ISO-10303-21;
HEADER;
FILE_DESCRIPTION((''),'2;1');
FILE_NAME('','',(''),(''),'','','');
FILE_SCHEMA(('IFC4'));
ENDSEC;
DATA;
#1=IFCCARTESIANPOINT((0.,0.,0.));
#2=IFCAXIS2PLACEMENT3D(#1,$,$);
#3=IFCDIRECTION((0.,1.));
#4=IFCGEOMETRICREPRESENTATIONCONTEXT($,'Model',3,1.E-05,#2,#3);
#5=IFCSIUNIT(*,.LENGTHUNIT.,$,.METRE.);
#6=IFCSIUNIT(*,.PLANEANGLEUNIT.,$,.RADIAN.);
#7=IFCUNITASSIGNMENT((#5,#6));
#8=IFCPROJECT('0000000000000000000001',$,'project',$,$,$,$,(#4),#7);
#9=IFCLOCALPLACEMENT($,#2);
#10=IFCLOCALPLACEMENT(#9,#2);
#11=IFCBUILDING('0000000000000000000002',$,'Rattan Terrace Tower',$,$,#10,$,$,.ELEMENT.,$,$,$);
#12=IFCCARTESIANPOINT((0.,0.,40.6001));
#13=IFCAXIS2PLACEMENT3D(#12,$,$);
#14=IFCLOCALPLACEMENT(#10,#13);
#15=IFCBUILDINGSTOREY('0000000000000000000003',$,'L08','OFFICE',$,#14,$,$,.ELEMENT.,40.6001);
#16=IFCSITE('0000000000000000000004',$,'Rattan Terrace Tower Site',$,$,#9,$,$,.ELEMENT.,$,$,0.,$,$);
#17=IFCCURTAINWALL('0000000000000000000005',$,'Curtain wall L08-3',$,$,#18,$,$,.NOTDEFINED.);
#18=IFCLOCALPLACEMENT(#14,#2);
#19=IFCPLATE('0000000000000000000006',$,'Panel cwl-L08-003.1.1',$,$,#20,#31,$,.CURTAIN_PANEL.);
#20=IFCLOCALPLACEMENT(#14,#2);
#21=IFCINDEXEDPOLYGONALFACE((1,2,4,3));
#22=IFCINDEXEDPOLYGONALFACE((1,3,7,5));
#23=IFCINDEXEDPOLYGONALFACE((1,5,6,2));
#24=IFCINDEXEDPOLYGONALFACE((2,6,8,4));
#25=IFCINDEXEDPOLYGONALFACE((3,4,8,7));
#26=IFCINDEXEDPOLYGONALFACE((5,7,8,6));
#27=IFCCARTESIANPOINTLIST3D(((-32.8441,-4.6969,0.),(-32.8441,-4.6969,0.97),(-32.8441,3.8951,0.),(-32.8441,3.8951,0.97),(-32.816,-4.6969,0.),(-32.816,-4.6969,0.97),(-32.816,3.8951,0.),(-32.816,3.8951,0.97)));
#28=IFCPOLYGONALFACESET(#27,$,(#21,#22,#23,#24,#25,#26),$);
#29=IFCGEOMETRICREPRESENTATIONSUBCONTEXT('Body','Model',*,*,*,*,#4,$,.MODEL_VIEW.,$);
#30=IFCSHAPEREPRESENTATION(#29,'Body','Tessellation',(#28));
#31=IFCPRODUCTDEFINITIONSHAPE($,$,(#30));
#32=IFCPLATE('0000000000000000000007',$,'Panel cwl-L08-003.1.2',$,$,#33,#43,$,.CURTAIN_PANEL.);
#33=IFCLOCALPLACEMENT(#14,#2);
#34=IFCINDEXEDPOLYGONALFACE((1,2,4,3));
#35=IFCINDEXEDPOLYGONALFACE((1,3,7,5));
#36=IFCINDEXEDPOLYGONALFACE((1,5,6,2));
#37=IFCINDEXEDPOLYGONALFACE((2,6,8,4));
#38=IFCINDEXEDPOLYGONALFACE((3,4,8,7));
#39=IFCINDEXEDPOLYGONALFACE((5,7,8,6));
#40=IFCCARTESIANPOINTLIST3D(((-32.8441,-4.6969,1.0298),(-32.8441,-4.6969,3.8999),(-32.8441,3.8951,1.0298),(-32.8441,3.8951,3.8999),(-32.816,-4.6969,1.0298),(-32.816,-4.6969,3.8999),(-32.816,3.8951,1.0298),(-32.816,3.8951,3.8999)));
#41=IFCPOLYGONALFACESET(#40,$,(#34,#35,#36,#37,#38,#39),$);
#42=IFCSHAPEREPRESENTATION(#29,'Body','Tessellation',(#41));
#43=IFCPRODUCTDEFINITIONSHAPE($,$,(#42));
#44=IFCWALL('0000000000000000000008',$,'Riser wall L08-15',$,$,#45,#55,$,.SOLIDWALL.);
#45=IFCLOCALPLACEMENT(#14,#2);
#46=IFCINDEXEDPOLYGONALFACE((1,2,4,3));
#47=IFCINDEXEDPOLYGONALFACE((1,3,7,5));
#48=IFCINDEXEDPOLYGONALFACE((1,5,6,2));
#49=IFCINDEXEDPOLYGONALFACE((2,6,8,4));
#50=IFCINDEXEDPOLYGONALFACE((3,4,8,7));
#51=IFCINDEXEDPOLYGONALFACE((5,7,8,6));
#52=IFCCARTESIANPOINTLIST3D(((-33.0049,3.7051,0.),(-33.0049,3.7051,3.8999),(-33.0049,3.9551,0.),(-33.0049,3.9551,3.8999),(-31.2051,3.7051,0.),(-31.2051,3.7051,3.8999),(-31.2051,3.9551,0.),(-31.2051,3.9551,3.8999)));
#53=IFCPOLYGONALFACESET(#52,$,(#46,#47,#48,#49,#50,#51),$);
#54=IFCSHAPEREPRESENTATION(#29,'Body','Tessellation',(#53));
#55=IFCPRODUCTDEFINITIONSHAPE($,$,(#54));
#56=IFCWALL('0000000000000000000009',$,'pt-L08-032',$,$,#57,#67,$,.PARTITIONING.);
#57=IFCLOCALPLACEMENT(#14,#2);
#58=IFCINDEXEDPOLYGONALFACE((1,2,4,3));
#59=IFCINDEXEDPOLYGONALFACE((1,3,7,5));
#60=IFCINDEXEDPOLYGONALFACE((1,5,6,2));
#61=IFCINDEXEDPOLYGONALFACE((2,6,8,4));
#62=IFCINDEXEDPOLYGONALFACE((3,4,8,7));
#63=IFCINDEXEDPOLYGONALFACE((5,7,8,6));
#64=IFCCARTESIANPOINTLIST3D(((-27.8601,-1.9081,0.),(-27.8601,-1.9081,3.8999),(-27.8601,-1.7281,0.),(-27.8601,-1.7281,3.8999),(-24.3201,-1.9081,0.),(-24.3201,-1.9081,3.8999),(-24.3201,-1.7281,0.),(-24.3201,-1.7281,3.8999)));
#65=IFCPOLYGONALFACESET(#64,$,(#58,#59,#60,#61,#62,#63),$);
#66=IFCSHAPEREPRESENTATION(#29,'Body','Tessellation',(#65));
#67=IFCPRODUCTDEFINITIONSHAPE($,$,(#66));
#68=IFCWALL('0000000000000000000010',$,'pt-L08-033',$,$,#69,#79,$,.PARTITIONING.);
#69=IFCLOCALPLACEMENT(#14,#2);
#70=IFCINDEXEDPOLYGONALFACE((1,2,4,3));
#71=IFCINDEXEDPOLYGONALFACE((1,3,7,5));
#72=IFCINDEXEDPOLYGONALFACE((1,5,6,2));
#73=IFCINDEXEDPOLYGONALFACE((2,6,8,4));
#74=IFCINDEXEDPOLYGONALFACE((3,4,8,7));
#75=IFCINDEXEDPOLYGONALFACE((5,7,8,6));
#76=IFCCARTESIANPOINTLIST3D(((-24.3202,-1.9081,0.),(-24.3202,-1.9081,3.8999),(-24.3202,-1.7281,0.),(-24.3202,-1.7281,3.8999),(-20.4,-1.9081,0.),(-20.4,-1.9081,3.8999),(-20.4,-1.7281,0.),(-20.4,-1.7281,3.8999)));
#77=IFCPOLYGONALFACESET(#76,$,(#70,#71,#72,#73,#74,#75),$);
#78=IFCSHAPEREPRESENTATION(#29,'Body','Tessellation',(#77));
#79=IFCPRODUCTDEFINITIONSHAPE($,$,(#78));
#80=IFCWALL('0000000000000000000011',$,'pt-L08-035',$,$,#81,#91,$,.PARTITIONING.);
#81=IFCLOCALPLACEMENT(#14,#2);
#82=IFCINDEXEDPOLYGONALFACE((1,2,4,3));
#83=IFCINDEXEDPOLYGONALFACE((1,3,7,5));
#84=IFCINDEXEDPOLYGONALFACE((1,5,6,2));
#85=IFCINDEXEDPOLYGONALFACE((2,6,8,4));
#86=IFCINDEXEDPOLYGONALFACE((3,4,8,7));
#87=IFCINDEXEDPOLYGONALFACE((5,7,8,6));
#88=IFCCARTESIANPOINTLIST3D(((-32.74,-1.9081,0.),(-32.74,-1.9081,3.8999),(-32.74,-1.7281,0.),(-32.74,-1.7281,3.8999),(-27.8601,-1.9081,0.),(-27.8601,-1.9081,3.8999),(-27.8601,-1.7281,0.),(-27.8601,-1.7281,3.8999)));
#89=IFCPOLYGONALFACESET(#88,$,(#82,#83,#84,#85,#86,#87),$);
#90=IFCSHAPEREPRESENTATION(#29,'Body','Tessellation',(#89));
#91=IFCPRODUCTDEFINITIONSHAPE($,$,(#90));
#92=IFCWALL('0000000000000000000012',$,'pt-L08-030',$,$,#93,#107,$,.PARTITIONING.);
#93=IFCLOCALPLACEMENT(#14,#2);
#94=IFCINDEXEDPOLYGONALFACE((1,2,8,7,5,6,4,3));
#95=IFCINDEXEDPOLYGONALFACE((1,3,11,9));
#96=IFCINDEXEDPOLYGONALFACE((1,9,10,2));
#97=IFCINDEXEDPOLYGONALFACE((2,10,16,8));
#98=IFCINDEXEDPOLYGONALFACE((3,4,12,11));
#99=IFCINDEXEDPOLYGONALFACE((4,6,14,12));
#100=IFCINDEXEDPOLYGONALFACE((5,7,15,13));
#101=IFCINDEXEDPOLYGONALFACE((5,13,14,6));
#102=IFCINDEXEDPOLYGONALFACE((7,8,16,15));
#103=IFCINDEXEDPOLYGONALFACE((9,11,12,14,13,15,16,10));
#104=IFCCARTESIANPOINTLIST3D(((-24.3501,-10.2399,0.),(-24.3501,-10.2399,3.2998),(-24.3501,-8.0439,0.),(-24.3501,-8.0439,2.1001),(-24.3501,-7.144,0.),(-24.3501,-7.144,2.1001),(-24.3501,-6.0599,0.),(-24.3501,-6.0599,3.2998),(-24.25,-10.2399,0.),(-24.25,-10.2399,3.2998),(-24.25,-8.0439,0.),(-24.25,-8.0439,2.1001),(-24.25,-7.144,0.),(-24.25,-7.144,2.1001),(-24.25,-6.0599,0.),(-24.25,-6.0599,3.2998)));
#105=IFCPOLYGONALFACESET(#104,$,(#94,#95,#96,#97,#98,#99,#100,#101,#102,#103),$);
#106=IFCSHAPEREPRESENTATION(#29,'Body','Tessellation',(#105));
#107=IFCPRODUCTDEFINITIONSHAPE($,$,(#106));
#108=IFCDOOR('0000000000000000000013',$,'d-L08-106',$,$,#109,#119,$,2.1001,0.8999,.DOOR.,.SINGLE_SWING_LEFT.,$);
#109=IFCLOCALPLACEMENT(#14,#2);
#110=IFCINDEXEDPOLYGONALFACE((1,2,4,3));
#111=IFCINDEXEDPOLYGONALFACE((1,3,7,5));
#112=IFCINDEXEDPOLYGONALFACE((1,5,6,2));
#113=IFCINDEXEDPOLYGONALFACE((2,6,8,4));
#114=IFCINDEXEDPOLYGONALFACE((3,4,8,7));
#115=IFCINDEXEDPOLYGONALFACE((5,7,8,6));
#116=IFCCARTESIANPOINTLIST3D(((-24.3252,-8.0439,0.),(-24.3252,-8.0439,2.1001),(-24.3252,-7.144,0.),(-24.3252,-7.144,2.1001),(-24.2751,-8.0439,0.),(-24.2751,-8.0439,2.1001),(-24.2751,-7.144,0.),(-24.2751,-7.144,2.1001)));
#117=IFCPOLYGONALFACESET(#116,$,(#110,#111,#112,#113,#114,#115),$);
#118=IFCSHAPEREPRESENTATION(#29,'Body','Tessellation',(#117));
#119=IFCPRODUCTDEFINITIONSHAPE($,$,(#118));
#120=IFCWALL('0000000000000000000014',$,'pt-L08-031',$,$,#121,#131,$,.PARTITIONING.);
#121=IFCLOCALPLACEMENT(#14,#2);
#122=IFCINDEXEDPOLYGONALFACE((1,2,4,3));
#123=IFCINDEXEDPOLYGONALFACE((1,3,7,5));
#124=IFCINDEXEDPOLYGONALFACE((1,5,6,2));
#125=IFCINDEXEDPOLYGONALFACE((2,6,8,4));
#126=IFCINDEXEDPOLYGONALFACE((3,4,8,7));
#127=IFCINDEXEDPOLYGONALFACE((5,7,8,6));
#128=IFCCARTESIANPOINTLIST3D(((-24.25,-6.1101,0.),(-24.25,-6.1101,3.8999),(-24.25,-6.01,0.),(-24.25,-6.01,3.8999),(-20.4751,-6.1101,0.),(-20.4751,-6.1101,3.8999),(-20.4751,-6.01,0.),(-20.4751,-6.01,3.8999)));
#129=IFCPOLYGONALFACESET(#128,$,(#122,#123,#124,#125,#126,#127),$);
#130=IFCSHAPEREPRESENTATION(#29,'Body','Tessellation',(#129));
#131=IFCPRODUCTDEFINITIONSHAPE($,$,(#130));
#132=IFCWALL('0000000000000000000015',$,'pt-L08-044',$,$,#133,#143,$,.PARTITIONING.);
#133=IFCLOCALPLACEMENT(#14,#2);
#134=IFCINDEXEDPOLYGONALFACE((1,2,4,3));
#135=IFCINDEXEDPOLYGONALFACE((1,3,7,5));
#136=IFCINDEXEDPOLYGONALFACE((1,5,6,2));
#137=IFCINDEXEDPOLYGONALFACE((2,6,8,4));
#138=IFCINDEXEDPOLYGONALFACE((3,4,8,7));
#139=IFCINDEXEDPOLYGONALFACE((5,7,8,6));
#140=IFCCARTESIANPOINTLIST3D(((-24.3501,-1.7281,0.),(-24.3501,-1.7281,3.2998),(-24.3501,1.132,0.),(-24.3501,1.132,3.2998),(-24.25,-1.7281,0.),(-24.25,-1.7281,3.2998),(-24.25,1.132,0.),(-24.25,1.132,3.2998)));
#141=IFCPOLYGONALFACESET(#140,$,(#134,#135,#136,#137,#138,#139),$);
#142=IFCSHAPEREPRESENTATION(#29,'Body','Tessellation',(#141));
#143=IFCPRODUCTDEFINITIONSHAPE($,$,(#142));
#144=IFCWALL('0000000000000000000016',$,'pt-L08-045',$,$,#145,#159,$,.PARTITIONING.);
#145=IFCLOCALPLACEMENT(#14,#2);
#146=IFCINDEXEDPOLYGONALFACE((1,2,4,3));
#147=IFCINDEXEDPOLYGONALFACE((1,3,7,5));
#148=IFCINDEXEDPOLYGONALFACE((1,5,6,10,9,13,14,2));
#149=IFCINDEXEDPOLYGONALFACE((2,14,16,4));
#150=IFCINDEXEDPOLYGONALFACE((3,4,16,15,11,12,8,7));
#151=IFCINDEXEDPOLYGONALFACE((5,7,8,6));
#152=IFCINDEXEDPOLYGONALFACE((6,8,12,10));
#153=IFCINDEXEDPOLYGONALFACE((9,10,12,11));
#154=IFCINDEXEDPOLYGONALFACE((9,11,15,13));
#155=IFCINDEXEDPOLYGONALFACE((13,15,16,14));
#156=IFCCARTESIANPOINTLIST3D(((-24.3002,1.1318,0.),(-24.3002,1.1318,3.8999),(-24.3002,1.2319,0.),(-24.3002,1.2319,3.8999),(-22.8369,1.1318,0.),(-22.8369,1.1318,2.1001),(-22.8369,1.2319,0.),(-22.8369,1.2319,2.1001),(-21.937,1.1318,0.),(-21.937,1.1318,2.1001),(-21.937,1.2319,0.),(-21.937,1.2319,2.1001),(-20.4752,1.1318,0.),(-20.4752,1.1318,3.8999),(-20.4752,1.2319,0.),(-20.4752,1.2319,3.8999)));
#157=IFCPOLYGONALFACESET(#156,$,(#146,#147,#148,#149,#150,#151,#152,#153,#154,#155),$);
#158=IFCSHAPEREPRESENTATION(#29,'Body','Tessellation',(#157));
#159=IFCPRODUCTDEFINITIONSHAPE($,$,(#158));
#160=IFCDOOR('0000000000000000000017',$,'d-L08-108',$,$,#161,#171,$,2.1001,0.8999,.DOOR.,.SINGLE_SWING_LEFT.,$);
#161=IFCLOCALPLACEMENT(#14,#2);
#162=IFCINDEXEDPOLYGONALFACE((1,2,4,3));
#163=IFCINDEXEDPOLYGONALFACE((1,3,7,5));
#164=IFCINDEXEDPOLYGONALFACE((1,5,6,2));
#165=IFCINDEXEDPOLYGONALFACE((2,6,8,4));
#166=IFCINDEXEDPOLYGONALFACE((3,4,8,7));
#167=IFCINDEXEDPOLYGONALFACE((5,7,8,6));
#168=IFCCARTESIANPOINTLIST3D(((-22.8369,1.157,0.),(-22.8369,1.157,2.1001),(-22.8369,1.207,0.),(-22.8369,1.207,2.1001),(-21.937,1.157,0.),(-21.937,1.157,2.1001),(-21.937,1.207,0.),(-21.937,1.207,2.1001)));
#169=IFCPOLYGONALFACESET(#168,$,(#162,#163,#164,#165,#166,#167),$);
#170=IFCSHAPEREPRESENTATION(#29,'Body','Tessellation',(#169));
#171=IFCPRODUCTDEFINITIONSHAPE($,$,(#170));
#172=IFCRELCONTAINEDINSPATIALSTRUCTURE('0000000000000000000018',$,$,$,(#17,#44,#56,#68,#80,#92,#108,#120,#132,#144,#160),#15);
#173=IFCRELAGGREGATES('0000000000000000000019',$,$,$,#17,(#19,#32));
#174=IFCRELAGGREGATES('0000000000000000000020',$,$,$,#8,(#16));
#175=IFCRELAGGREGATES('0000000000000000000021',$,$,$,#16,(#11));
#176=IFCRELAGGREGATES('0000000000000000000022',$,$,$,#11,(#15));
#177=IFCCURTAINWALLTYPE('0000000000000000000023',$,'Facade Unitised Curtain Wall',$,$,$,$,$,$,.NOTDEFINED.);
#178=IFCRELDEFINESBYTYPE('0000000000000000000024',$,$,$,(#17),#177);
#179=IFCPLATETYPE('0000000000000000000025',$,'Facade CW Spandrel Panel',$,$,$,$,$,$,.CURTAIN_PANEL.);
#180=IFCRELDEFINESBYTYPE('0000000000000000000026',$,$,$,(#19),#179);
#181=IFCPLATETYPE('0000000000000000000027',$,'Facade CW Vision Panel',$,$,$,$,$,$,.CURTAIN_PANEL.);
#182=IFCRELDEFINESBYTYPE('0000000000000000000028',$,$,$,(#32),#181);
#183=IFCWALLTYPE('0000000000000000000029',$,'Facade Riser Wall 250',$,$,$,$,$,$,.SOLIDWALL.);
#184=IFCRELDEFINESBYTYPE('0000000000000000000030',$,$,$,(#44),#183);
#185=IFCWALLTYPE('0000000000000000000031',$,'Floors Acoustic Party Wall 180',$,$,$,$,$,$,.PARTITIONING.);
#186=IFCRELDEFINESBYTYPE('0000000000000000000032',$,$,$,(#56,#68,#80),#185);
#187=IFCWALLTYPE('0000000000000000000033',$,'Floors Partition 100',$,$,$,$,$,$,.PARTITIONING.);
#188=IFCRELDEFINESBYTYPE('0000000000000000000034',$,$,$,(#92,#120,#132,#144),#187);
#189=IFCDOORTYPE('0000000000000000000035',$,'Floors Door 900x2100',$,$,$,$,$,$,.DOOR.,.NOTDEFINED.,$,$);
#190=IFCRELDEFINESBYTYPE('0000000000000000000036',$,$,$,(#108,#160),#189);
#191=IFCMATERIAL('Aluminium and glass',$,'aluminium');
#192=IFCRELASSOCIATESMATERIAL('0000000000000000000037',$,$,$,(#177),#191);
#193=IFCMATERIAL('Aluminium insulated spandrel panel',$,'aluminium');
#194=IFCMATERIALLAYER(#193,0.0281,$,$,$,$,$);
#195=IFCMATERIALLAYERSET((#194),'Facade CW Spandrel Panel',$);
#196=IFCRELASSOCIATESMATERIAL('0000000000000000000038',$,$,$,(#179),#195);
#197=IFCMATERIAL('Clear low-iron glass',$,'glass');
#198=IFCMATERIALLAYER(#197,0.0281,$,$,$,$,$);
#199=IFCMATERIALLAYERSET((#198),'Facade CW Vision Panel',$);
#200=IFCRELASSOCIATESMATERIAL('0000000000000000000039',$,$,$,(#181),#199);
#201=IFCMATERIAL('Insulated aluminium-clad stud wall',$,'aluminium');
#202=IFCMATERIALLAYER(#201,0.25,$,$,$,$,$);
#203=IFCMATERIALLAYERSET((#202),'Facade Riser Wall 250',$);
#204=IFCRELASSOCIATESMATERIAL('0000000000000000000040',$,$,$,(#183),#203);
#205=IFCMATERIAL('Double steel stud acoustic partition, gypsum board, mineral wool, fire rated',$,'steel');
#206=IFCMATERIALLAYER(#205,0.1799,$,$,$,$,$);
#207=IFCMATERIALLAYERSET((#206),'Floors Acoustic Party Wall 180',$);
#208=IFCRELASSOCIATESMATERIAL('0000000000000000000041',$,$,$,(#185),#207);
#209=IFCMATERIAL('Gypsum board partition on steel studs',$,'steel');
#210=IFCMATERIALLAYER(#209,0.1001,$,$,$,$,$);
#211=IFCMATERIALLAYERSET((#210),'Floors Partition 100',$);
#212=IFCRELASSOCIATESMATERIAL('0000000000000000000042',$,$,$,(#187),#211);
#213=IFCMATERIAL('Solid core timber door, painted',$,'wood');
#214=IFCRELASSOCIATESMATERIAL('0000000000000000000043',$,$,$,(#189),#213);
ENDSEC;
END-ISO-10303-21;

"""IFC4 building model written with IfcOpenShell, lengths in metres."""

from ifc_helpers import new_model, si_unit, direction, frame, frame_2d, origin, origin_2d, place, context, subcontext, project, spatial, rectangle, extrude, material, layer, layer_set, type_object, element, fill, aggregate, save


model = new_model("IFC4")

# Units and contexts
model_context = context("Model", 3, precision=1e-05, world=origin(), true_north=direction((0.0, 1.0)))
body_context = subcontext(model_context, "Body", "Model", "MODEL_VIEW")
ifc_project = project(units=[si_unit("LENGTHUNIT", "METRE"), si_unit("PLANEANGLEUNIT", "RADIAN")], contexts=[model_context])

# Site, building, storey
site_placement = place(None, origin())
site = spatial("IfcSite", under=ifc_project, at=site_placement, Name="Rattan Terrace Tower Site", CompositionType="ELEMENT", RefElevation=0.0)
building_placement = place(site_placement, origin())
building = spatial("IfcBuilding", under=site, at=building_placement, Name="Rattan Terrace Tower", CompositionType="ELEMENT")
storey_placement = place(building_placement, frame((0.0, 0.0, 40.6001)))
storey = spatial("IfcBuildingStorey", under=building, at=storey_placement, Name="L08", Description="OFFICE", CompositionType="ELEMENT", Elevation=40.6001)

# Curtain wall
ifc_material_1 = material(Name="Aluminium and glass", Category="aluminium")
curtain_wall_type = type_object("IfcCurtainWallType", Name="Facade Unitised Curtain Wall", PredefinedType="NOTDEFINED", material=ifc_material_1)
curtain_wall_placement = place(storey_placement, origin())
curtain_wall = element("IfcCurtainWall", 1, at=curtain_wall_placement, inside=storey, type_object=curtain_wall_type, Name="Curtain wall L08-3", PredefinedType="NOTDEFINED")

# Plates
ifc_material_2 = material(Name="Aluminium insulated spandrel panel", Category="aluminium")
ifc_layer_1 = layer(ifc_material_2, 0.0281)
ifc_layer_set_1 = layer_set([ifc_layer_1], Name="Facade CW Spandrel Panel")
plate_type_1 = type_object("IfcPlateType", Name="Facade CW Spandrel Panel", PredefinedType="CURTAIN_PANEL", material=ifc_layer_set_1)
plate_1_placement = place(storey_placement, frame((-32.8301, -0.4009, 0.0), z_axis=(0.0, 0.0, 1.0), x_axis=(0.0, -1.0, 0.0)))
plate_1 = element("IfcPlate", 2, at=plate_1_placement, type_object=plate_type_1, Name="Panel cwl-L08-003.1.1", PredefinedType="CURTAIN_PANEL", context=body_context, shape_type="SweptSolid", body=[
    extrude(rectangle(XDim=8.592, YDim=0.0281, at=origin_2d()), origin(), (0.0, 0.0, 1.0), 0.97),
])
ifc_material_3 = material(Name="Clear low-iron glass", Category="glass")
ifc_layer_2 = layer(ifc_material_3, 0.0281)
ifc_layer_set_2 = layer_set([ifc_layer_2], Name="Facade CW Vision Panel")
plate_type_2 = type_object("IfcPlateType", Name="Facade CW Vision Panel", PredefinedType="CURTAIN_PANEL", material=ifc_layer_set_2)
plate_2_placement = place(storey_placement, frame((-32.8301, -0.4009, 1.0298), z_axis=(0.0, 0.0, 1.0), x_axis=(0.0, -1.0, 0.0)))
plate_2 = element("IfcPlate", 3, at=plate_2_placement, type_object=plate_type_2, Name="Panel cwl-L08-003.1.2", PredefinedType="CURTAIN_PANEL", context=body_context, shape_type="SweptSolid", body=[
    extrude(rectangle(XDim=8.592, YDim=0.0281, at=origin_2d()), origin(), (0.0, 0.0, 1.0), 2.8701),
])
aggregate(curtain_wall, [plate_1, plate_2])

# Walls
ifc_material_4 = material(Name="Insulated aluminium-clad stud wall", Category="aluminium")
ifc_layer_3 = layer(ifc_material_4, 0.25)
ifc_layer_set_3 = layer_set([ifc_layer_3], Name="Facade Riser Wall 250")
wall_type_1 = type_object("IfcWallType", Name="Facade Riser Wall 250", PredefinedType="SOLIDWALL", material=ifc_layer_set_3)
wall_1_placement = place(storey_placement, frame((-31.2051, 3.8301, 0.0), z_axis=(0.0, 0.0, 1.0), x_axis=(-1.0, 0.0, 0.0)))
element("IfcWall", 4, at=wall_1_placement, inside=storey, type_object=wall_type_1, Name="Riser wall L08-15", PredefinedType="SOLIDWALL", context=body_context, shape_type="SweptSolid", body=[
    extrude(rectangle(XDim=1.7998, YDim=0.25, at=frame_2d((0.8999, 0.0))), origin(), (0.0, 0.0, 1.0), 3.8999),
])
ifc_material_5 = material(Name="Double steel stud acoustic partition, gypsum board, mineral wool, fire rated", Category="steel")
ifc_layer_4 = layer(ifc_material_5, 0.1799)
ifc_layer_set_4 = layer_set([ifc_layer_4], Name="Floors Acoustic Party Wall 180")
wall_type_2 = type_object("IfcWallType", Name="Floors Acoustic Party Wall 180", PredefinedType="PARTITIONING", material=ifc_layer_set_4)
wall_2_placement = place(storey_placement, frame((-27.8601, -1.8181, 0.0), z_axis=(0.0, 0.0, 1.0), x_axis=(1.0, 0.0, 0.0)))
element("IfcWall", 5, at=wall_2_placement, inside=storey, type_object=wall_type_2, Name="pt-L08-032", PredefinedType="PARTITIONING", context=body_context, shape_type="SweptSolid", body=[
    extrude(rectangle(XDim=3.54, YDim=0.1799, at=frame_2d((1.77, 0.0))), origin(), (0.0, 0.0, 1.0), 3.8999),
])
wall_3_placement = place(storey_placement, frame((-24.3201, -1.8181, 0.0), z_axis=(0.0, 0.0, 1.0), x_axis=(1.0, 0.0, 0.0)))
element("IfcWall", 6, at=wall_3_placement, inside=storey, type_object=wall_type_2, Name="pt-L08-033", PredefinedType="PARTITIONING", context=body_context, shape_type="SweptSolid", body=[
    extrude(rectangle(XDim=3.9202, YDim=0.1799, at=frame_2d((1.96, 0.0))), origin(), (0.0, 0.0, 1.0), 3.8999),
])
wall_4_placement = place(storey_placement, frame((-32.74, -1.8181, 0.0), z_axis=(0.0, 0.0, 1.0), x_axis=(1.0, 0.0, 0.0)))
element("IfcWall", 7, at=wall_4_placement, inside=storey, type_object=wall_type_2, Name="pt-L08-035", PredefinedType="PARTITIONING", context=body_context, shape_type="SweptSolid", body=[
    extrude(rectangle(XDim=4.8799, YDim=0.1799, at=frame_2d((2.4399, 0.0))), origin(), (0.0, 0.0, 1.0), 3.8999),
])

# Wall, opening, door
ifc_material_6 = material(Name="Gypsum board partition on steel studs", Category="steel")
ifc_layer_5 = layer(ifc_material_6, 0.1001)
ifc_layer_set_5 = layer_set([ifc_layer_5], Name="Floors Partition 100")
wall_type_3 = type_object("IfcWallType", Name="Floors Partition 100", PredefinedType="PARTITIONING", material=ifc_layer_set_5)
wall_5_placement = place(storey_placement, frame((-24.3, -6.0601, 0.0), z_axis=(0.0, 0.0, 1.0), x_axis=(0.0, -1.0, 0.0)))
wall_5 = element("IfcWall", 8, at=wall_5_placement, inside=storey, type_object=wall_type_3, Name="pt-L08-030", PredefinedType="PARTITIONING", context=body_context, shape_type="SweptSolid", body=[
    extrude(rectangle(XDim=4.1799, YDim=0.1001, at=frame_2d((2.0898, 0.0))), origin(), (0.0, 0.0, 1.0), 3.2998),
])
opening_1_placement = place(wall_5_placement, frame((1.084, 0.0, 0.0)))
opening_1 = element("IfcOpeningElement", 9, at=opening_1_placement, cuts=wall_5, PredefinedType="OPENING", context=body_context, shape_type="SweptSolid", body=[
    extrude(rectangle(XDim=0.8999, YDim=2.1001, at=frame_2d((0.45, 1.05))), frame((0.0, 0.0605, 0.0), z_axis=(0.0, -1.0, 0.0), x_axis=(1.0, 0.0, 0.0)), (0.0, 0.0, 1.0), 0.1211),
])
ifc_material_7 = material(Name="Solid core timber door, painted", Category="wood")
door_type_1 = type_object("IfcDoorType", Name="Floors Door 900x2100", OperationType="NOTDEFINED", PredefinedType="DOOR", material=ifc_material_7)
door_1_placement = place(opening_1_placement, origin())
door_1 = element("IfcDoor", 10, at=door_1_placement, inside=storey, type_object=door_type_1, Name="d-L08-106", OperationType="SINGLE_SWING_LEFT", OverallHeight=2.1001, OverallWidth=0.8999, PredefinedType="DOOR", context=body_context, shape_type="SweptSolid", body=[
    extrude(rectangle(XDim=0.8999, YDim=2.1001, at=frame_2d((0.45, 1.05))), frame((0.0, 0.0249, 0.0), z_axis=(0.0, -1.0, 0.0), x_axis=(1.0, 0.0, 0.0)), (0.0, 0.0, 1.0), 0.05),
])
fill(opening_1, door_1)

# Walls
wall_6_placement = place(storey_placement, frame((-20.4751, -6.0601, 0.0), z_axis=(0.0, 0.0, 1.0), x_axis=(-1.0, 0.0, 0.0)))
element("IfcWall", 11, at=wall_6_placement, inside=storey, type_object=wall_type_3, Name="pt-L08-031", PredefinedType="PARTITIONING", context=body_context, shape_type="SweptSolid", body=[
    extrude(rectangle(XDim=3.7749, YDim=0.1001, at=frame_2d((1.8875, 0.0))), origin(), (0.0, 0.0, 1.0), 3.8999),
])
wall_7_placement = place(storey_placement, frame((-24.3, 1.1321, 0.0), z_axis=(0.0, 0.0, 1.0), x_axis=(0.0, -1.0, 0.0)))
element("IfcWall", 12, at=wall_7_placement, inside=storey, type_object=wall_type_3, Name="pt-L08-044", PredefinedType="PARTITIONING", context=body_context, shape_type="SweptSolid", body=[
    extrude(rectangle(XDim=2.8601, YDim=0.1001, at=frame_2d((1.4302, 0.0))), origin(), (0.0, 0.0, 1.0), 3.2998),
])

# Wall, opening, door
wall_8_placement = place(storey_placement, frame((-20.4751, 1.1819, 0.0), z_axis=(0.0, 0.0, 1.0), x_axis=(-1.0, 0.0, 0.0)))
wall_8 = element("IfcWall", 13, at=wall_8_placement, inside=storey, type_object=wall_type_3, Name="pt-L08-045", PredefinedType="PARTITIONING", context=body_context, shape_type="SweptSolid", body=[
    extrude(rectangle(XDim=3.825, YDim=0.1001, at=frame_2d((1.9126, 0.0))), origin(), (0.0, 0.0, 1.0), 3.8999),
])
opening_2_placement = place(wall_8_placement, frame((1.4619, 0.0, 0.0)))
opening_2 = element("IfcOpeningElement", 14, at=opening_2_placement, cuts=wall_8, PredefinedType="OPENING", context=body_context, shape_type="SweptSolid", body=[
    extrude(rectangle(XDim=0.8999, YDim=2.1001, at=frame_2d((0.45, 1.05))), frame((0.0, 0.0605, 0.0), z_axis=(0.0, -1.0, 0.0), x_axis=(1.0, 0.0, 0.0)), (0.0, 0.0, 1.0), 0.1211),
])
door_2_placement = place(opening_2_placement, origin())
door_2 = element("IfcDoor", 15, at=door_2_placement, inside=storey, type_object=door_type_1, Name="d-L08-108", OperationType="SINGLE_SWING_LEFT", OverallHeight=2.1001, OverallWidth=0.8999, PredefinedType="DOOR", context=body_context, shape_type="SweptSolid", body=[
    extrude(rectangle(XDim=0.8999, YDim=2.1001, at=frame_2d((0.45, 1.05))), frame((0.0, 0.0249, 0.0), z_axis=(0.0, -1.0, 0.0), x_axis=(1.0, 0.0, 0.0)), (0.0, 0.0, 1.0), 0.05),
])
fill(opening_2, door_2)

save(model, "model.ifc")
